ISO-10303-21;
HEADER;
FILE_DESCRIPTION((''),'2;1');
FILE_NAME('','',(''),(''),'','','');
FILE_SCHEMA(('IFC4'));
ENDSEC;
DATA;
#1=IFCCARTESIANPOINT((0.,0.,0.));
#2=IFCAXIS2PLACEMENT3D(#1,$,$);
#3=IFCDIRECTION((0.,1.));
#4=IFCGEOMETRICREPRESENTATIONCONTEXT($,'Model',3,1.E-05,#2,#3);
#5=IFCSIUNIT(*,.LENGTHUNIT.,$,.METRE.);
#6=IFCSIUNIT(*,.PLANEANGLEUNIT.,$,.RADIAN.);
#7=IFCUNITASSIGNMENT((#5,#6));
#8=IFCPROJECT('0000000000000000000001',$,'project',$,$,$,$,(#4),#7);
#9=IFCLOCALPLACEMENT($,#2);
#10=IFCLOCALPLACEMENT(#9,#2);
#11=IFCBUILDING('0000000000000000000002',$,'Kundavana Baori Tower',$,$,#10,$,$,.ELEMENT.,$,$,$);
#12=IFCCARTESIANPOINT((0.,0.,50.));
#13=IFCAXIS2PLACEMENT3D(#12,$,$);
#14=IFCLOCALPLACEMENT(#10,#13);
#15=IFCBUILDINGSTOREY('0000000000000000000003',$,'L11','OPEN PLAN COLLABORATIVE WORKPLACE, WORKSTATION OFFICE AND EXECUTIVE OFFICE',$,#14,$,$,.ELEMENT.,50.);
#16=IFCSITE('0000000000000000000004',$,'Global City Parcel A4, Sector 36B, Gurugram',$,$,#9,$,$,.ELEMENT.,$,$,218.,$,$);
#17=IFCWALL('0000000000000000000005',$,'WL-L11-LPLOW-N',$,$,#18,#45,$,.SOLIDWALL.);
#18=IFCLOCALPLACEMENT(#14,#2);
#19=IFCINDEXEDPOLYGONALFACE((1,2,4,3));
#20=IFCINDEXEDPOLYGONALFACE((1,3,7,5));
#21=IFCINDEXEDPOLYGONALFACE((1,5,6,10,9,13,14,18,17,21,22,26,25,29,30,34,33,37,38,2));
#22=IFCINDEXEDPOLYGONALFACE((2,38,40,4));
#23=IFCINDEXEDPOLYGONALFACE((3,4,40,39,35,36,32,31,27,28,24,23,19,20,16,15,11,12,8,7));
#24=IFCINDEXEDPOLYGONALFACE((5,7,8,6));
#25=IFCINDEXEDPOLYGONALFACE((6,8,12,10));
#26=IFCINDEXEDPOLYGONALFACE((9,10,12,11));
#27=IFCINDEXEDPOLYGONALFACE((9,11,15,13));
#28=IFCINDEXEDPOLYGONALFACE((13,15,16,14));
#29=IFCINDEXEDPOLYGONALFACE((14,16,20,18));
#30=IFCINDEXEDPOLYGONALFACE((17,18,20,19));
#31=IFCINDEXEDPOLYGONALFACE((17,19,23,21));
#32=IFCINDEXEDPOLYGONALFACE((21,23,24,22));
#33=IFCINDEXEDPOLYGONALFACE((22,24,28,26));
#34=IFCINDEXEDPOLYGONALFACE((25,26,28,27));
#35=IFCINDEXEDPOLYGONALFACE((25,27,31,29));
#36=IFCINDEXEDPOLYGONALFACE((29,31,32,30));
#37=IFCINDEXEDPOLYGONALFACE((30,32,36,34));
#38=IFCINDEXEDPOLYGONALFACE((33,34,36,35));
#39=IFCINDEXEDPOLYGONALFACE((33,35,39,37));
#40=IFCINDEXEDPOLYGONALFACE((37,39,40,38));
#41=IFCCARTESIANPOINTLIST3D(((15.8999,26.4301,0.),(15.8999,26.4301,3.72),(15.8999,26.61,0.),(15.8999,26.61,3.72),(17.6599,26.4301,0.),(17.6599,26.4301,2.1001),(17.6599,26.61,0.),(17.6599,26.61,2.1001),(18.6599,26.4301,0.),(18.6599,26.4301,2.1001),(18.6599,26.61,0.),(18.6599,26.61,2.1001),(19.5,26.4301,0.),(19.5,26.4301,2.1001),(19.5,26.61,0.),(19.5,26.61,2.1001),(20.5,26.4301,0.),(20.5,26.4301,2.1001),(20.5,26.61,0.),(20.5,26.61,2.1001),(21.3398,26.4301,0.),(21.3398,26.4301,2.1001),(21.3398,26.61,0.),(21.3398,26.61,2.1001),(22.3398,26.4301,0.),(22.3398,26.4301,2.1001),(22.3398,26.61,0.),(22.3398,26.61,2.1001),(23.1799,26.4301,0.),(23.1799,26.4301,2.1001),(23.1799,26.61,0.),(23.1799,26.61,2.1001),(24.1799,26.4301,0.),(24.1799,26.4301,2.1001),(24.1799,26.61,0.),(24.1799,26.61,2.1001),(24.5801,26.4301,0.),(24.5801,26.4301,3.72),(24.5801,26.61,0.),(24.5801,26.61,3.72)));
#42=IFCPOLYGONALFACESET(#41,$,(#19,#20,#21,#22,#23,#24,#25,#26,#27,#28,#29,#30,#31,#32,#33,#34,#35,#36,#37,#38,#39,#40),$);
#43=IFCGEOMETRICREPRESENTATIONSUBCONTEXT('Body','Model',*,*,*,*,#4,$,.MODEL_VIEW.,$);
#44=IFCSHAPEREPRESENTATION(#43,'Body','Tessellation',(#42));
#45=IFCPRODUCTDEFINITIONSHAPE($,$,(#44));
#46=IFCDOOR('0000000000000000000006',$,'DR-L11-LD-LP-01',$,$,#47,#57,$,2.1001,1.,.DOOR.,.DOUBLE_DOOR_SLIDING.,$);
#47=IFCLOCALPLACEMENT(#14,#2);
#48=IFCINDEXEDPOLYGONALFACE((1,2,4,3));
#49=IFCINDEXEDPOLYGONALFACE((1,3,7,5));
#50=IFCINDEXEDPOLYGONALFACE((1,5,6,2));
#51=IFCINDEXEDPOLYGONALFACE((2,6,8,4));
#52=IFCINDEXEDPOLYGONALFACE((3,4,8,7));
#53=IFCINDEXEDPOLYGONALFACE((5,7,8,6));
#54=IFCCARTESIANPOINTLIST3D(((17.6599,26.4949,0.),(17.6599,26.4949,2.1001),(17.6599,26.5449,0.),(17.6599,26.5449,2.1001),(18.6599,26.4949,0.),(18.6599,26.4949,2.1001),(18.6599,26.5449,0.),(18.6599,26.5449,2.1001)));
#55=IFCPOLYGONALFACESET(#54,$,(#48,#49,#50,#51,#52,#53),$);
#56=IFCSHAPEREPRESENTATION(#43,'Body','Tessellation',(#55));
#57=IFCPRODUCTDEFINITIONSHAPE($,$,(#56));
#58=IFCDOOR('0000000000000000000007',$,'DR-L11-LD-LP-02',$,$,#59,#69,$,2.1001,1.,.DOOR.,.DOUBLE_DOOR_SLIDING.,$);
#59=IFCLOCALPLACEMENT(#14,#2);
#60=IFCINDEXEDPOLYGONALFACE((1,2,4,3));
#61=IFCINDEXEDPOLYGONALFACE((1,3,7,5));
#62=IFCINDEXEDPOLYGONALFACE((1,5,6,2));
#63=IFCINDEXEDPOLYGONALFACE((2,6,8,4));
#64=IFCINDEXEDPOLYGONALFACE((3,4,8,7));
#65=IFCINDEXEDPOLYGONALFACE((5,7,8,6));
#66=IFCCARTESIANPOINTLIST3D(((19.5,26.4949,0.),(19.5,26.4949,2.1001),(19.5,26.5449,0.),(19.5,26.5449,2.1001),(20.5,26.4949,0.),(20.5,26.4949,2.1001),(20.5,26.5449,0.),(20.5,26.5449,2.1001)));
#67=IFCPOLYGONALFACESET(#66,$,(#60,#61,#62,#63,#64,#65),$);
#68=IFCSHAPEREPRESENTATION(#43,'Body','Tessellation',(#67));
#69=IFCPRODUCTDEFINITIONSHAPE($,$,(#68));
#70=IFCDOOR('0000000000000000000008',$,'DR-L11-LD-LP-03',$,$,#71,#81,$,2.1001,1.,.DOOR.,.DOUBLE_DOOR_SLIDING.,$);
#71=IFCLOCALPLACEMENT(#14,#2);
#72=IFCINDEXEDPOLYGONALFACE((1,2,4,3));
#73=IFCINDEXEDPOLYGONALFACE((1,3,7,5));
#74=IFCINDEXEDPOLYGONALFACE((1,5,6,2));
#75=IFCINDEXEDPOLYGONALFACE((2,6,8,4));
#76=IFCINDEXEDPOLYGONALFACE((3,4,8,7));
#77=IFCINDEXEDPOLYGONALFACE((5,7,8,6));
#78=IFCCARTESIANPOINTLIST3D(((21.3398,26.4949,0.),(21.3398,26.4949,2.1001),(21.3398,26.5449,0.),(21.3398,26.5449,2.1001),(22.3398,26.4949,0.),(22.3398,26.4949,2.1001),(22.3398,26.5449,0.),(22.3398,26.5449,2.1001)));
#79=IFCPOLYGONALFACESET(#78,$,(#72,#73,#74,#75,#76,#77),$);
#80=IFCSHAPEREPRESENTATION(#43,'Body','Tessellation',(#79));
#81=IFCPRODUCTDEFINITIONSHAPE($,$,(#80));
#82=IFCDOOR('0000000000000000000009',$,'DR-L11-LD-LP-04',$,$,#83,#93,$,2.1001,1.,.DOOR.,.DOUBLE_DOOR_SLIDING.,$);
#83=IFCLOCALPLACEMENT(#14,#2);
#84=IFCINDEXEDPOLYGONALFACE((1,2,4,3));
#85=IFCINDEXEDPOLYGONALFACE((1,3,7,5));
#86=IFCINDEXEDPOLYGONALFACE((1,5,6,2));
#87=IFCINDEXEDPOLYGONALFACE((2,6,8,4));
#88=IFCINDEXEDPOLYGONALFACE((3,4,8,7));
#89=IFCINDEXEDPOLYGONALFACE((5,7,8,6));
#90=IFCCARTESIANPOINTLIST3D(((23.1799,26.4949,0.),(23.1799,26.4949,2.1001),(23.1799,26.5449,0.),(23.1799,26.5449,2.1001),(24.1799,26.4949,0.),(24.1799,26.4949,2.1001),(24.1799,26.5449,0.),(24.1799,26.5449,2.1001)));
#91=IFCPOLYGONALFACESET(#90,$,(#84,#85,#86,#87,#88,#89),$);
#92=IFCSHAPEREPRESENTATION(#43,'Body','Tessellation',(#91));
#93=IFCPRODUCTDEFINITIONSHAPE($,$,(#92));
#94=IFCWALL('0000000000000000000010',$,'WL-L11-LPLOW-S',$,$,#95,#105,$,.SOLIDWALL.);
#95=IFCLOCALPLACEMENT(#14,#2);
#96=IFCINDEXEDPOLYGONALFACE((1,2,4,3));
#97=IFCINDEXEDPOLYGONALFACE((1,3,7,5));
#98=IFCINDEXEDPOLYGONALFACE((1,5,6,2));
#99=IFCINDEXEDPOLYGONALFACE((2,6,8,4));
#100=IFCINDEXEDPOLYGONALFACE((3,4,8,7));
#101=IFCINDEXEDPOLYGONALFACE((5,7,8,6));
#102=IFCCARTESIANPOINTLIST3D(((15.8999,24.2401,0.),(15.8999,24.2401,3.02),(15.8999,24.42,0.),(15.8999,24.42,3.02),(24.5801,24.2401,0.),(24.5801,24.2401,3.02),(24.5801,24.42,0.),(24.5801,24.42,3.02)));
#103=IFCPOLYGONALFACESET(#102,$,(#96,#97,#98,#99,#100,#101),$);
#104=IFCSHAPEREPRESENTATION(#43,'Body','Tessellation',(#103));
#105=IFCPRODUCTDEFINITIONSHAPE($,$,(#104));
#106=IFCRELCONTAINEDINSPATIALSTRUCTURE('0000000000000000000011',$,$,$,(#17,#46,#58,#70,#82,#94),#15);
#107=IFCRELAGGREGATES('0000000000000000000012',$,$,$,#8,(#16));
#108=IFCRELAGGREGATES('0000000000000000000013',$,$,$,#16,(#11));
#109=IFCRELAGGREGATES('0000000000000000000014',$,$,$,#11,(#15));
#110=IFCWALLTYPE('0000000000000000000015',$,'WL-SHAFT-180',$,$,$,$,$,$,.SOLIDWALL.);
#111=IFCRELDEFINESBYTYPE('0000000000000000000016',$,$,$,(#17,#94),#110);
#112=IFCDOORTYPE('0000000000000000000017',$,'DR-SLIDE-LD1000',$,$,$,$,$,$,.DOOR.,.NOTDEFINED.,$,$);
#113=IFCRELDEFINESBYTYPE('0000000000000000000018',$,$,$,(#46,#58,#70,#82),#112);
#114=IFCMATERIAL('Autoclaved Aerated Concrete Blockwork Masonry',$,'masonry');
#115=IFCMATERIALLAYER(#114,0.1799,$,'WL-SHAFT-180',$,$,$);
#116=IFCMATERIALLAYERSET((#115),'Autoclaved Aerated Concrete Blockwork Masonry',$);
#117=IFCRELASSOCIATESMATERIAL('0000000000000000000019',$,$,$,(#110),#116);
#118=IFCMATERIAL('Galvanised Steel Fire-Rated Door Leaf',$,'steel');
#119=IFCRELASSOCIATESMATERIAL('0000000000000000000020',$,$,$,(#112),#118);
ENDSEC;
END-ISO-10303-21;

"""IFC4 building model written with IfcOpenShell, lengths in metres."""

from ifc_helpers import new_model, si_unit, direction, frame, frame_2d, origin, place, context, subcontext, project, spatial, rectangle, extrude, material, layer, layer_set, type_object, element, fill, save


model = new_model("IFC4")

# Units and contexts
model_context = context("Model", 3, precision=1e-05, world=origin(), true_north=direction((0.0, 1.0)))
body_context = subcontext(model_context, "Body", "Model", "MODEL_VIEW")
ifc_project = project(units=[si_unit("LENGTHUNIT", "METRE"), si_unit("PLANEANGLEUNIT", "RADIAN")], contexts=[model_context])

# Site, building, storey
site_placement = place(None, origin())
site = spatial("IfcSite", under=ifc_project, at=site_placement, Name="Global City Parcel A4, Sector 36B, Gurugram", CompositionType="ELEMENT", RefElevation=218.0)
building_placement = place(site_placement, origin())
building = spatial("IfcBuilding", under=site, at=building_placement, Name="Kundavana Baori Tower", CompositionType="ELEMENT")
storey_placement = place(building_placement, frame((0.0, 0.0, 50.0)))
storey = spatial("IfcBuildingStorey", under=building, at=storey_placement, Name="L11", Description="OPEN PLAN COLLABORATIVE WORKPLACE, WORKSTATION OFFICE AND EXECUTIVE OFFICE", CompositionType="ELEMENT", Elevation=50.0)

# Wall, openings, doors
ifc_material_1 = material(Name="Autoclaved Aerated Concrete Blockwork Masonry", Category="masonry")
ifc_layer_1 = layer(ifc_material_1, 0.1799, Name="WL-SHAFT-180")
ifc_layer_set_1 = layer_set([ifc_layer_1], Name="Autoclaved Aerated Concrete Blockwork Masonry")
wall_type_1 = type_object("IfcWallType", Name="WL-SHAFT-180", PredefinedType="SOLIDWALL", material=ifc_layer_set_1)
wall_1_placement = place(storey_placement, frame((15.8999, 26.52, 0.0), z_axis=(0.0, 0.0, 1.0), x_axis=(1.0, 0.0, 0.0)))
wall_1 = element("IfcWall", 1, at=wall_1_placement, inside=storey, type_object=wall_type_1, Name="WL-L11-LPLOW-N", PredefinedType="SOLIDWALL", context=body_context, shape_type="SweptSolid", body=[
    extrude(rectangle(XDim=8.6802, YDim=0.1799, at=frame_2d((4.3401, 0.0))), origin(), (0.0, 0.0, 1.0), 3.72),
])
opening_1_placement = place(wall_1_placement, frame((1.76, 0.0, 0.0)))
opening_1 = element("IfcOpeningElement", 2, at=opening_1_placement, cuts=wall_1, PredefinedType="OPENING", context=body_context, shape_type="SweptSolid", body=[
    extrude(rectangle(XDim=1.0, YDim=2.1001, at=frame_2d((0.5, 1.05))), frame((0.0, 0.1001, 0.0), z_axis=(0.0, -1.0, 0.0), x_axis=(1.0, 0.0, 0.0)), (0.0, 0.0, 1.0), 0.2),
])
opening_2_placement = place(wall_1_placement, frame((3.6001, 0.0, 0.0)))
opening_2 = element("IfcOpeningElement", 3, at=opening_2_placement, cuts=wall_1, PredefinedType="OPENING", context=body_context, shape_type="SweptSolid", body=[
    extrude(rectangle(XDim=1.0, YDim=2.1001, at=frame_2d((0.5, 1.05))), frame((0.0, 0.1001, 0.0), z_axis=(0.0, -1.0, 0.0), x_axis=(1.0, 0.0, 0.0)), (0.0, 0.0, 1.0), 0.2),
])
opening_3_placement = place(wall_1_placement, frame((5.4399, 0.0, 0.0)))
opening_3 = element("IfcOpeningElement", 4, at=opening_3_placement, cuts=wall_1, PredefinedType="OPENING", context=body_context, shape_type="SweptSolid", body=[
    extrude(rectangle(XDim=1.0, YDim=2.1001, at=frame_2d((0.5, 1.05))), frame((0.0, 0.1001, 0.0), z_axis=(0.0, -1.0, 0.0), x_axis=(1.0, 0.0, 0.0)), (0.0, 0.0, 1.0), 0.2),
])
opening_4_placement = place(wall_1_placement, frame((7.28, 0.0, 0.0)))
opening_4 = element("IfcOpeningElement", 5, at=opening_4_placement, cuts=wall_1, PredefinedType="OPENING", context=body_context, shape_type="SweptSolid", body=[
    extrude(rectangle(XDim=1.0, YDim=2.1001, at=frame_2d((0.5, 1.05))), frame((0.0, 0.1001, 0.0), z_axis=(0.0, -1.0, 0.0), x_axis=(1.0, 0.0, 0.0)), (0.0, 0.0, 1.0), 0.2),
])
ifc_material_2 = material(Name="Galvanised Steel Fire-Rated Door Leaf", Category="steel")
door_type = type_object("IfcDoorType", Name="DR-SLIDE-LD1000", OperationType="NOTDEFINED", PredefinedType="DOOR", material=ifc_material_2)
door_1_placement = place(opening_1_placement, origin())
door_1 = element("IfcDoor", 6, at=door_1_placement, inside=storey, type_object=door_type, Name="DR-L11-LD-LP-01", OperationType="DOUBLE_DOOR_SLIDING", OverallHeight=2.1001, OverallWidth=1.0, PredefinedType="DOOR", context=body_context, shape_type="SweptSolid", body=[
    extrude(rectangle(XDim=1.0, YDim=2.1001, at=frame_2d((0.5, 1.05))), frame((0.0, 0.0249, 0.0), z_axis=(0.0, -1.0, 0.0), x_axis=(1.0, 0.0, 0.0)), (0.0, 0.0, 1.0), 0.05),
])
fill(opening_1, door_1)
door_2_placement = place(opening_2_placement, origin())
door_2 = element("IfcDoor", 7, at=door_2_placement, inside=storey, type_object=door_type, Name="DR-L11-LD-LP-02", OperationType="DOUBLE_DOOR_SLIDING", OverallHeight=2.1001, OverallWidth=1.0, PredefinedType="DOOR", context=body_context, shape_type="SweptSolid", body=[
    extrude(rectangle(XDim=1.0, YDim=2.1001, at=frame_2d((0.5, 1.05))), frame((0.0, 0.0249, 0.0), z_axis=(0.0, -1.0, 0.0), x_axis=(1.0, 0.0, 0.0)), (0.0, 0.0, 1.0), 0.05),
])
fill(opening_2, door_2)
door_3_placement = place(opening_3_placement, origin())
door_3 = element("IfcDoor", 8, at=door_3_placement, inside=storey, type_object=door_type, Name="DR-L11-LD-LP-03", OperationType="DOUBLE_DOOR_SLIDING", OverallHeight=2.1001, OverallWidth=1.0, PredefinedType="DOOR", context=body_context, shape_type="SweptSolid", body=[
    extrude(rectangle(XDim=1.0, YDim=2.1001, at=frame_2d((0.5, 1.05))), frame((0.0, 0.0249, 0.0), z_axis=(0.0, -1.0, 0.0), x_axis=(1.0, 0.0, 0.0)), (0.0, 0.0, 1.0), 0.05),
])
fill(opening_3, door_3)
door_4_placement = place(opening_4_placement, origin())
door_4 = element("IfcDoor", 9, at=door_4_placement, inside=storey, type_object=door_type, Name="DR-L11-LD-LP-04", OperationType="DOUBLE_DOOR_SLIDING", OverallHeight=2.1001, OverallWidth=1.0, PredefinedType="DOOR", context=body_context, shape_type="SweptSolid", body=[
    extrude(rectangle(XDim=1.0, YDim=2.1001, at=frame_2d((0.5, 1.05))), frame((0.0, 0.0249, 0.0), z_axis=(0.0, -1.0, 0.0), x_axis=(1.0, 0.0, 0.0)), (0.0, 0.0, 1.0), 0.05),
])
fill(opening_4, door_4)

# Wall
wall_2_placement = place(storey_placement, frame((15.8999, 24.3301, 0.0), z_axis=(0.0, 0.0, 1.0), x_axis=(1.0, 0.0, 0.0)))
element("IfcWall", 10, at=wall_2_placement, inside=storey, type_object=wall_type_1, Name="WL-L11-LPLOW-S", PredefinedType="SOLIDWALL", context=body_context, shape_type="SweptSolid", body=[
    extrude(rectangle(XDim=8.6802, YDim=0.1799, at=frame_2d((4.3401, 0.0))), origin(), (0.0, 0.0, 1.0), 3.02),
])

save(model, "model.ifc")
